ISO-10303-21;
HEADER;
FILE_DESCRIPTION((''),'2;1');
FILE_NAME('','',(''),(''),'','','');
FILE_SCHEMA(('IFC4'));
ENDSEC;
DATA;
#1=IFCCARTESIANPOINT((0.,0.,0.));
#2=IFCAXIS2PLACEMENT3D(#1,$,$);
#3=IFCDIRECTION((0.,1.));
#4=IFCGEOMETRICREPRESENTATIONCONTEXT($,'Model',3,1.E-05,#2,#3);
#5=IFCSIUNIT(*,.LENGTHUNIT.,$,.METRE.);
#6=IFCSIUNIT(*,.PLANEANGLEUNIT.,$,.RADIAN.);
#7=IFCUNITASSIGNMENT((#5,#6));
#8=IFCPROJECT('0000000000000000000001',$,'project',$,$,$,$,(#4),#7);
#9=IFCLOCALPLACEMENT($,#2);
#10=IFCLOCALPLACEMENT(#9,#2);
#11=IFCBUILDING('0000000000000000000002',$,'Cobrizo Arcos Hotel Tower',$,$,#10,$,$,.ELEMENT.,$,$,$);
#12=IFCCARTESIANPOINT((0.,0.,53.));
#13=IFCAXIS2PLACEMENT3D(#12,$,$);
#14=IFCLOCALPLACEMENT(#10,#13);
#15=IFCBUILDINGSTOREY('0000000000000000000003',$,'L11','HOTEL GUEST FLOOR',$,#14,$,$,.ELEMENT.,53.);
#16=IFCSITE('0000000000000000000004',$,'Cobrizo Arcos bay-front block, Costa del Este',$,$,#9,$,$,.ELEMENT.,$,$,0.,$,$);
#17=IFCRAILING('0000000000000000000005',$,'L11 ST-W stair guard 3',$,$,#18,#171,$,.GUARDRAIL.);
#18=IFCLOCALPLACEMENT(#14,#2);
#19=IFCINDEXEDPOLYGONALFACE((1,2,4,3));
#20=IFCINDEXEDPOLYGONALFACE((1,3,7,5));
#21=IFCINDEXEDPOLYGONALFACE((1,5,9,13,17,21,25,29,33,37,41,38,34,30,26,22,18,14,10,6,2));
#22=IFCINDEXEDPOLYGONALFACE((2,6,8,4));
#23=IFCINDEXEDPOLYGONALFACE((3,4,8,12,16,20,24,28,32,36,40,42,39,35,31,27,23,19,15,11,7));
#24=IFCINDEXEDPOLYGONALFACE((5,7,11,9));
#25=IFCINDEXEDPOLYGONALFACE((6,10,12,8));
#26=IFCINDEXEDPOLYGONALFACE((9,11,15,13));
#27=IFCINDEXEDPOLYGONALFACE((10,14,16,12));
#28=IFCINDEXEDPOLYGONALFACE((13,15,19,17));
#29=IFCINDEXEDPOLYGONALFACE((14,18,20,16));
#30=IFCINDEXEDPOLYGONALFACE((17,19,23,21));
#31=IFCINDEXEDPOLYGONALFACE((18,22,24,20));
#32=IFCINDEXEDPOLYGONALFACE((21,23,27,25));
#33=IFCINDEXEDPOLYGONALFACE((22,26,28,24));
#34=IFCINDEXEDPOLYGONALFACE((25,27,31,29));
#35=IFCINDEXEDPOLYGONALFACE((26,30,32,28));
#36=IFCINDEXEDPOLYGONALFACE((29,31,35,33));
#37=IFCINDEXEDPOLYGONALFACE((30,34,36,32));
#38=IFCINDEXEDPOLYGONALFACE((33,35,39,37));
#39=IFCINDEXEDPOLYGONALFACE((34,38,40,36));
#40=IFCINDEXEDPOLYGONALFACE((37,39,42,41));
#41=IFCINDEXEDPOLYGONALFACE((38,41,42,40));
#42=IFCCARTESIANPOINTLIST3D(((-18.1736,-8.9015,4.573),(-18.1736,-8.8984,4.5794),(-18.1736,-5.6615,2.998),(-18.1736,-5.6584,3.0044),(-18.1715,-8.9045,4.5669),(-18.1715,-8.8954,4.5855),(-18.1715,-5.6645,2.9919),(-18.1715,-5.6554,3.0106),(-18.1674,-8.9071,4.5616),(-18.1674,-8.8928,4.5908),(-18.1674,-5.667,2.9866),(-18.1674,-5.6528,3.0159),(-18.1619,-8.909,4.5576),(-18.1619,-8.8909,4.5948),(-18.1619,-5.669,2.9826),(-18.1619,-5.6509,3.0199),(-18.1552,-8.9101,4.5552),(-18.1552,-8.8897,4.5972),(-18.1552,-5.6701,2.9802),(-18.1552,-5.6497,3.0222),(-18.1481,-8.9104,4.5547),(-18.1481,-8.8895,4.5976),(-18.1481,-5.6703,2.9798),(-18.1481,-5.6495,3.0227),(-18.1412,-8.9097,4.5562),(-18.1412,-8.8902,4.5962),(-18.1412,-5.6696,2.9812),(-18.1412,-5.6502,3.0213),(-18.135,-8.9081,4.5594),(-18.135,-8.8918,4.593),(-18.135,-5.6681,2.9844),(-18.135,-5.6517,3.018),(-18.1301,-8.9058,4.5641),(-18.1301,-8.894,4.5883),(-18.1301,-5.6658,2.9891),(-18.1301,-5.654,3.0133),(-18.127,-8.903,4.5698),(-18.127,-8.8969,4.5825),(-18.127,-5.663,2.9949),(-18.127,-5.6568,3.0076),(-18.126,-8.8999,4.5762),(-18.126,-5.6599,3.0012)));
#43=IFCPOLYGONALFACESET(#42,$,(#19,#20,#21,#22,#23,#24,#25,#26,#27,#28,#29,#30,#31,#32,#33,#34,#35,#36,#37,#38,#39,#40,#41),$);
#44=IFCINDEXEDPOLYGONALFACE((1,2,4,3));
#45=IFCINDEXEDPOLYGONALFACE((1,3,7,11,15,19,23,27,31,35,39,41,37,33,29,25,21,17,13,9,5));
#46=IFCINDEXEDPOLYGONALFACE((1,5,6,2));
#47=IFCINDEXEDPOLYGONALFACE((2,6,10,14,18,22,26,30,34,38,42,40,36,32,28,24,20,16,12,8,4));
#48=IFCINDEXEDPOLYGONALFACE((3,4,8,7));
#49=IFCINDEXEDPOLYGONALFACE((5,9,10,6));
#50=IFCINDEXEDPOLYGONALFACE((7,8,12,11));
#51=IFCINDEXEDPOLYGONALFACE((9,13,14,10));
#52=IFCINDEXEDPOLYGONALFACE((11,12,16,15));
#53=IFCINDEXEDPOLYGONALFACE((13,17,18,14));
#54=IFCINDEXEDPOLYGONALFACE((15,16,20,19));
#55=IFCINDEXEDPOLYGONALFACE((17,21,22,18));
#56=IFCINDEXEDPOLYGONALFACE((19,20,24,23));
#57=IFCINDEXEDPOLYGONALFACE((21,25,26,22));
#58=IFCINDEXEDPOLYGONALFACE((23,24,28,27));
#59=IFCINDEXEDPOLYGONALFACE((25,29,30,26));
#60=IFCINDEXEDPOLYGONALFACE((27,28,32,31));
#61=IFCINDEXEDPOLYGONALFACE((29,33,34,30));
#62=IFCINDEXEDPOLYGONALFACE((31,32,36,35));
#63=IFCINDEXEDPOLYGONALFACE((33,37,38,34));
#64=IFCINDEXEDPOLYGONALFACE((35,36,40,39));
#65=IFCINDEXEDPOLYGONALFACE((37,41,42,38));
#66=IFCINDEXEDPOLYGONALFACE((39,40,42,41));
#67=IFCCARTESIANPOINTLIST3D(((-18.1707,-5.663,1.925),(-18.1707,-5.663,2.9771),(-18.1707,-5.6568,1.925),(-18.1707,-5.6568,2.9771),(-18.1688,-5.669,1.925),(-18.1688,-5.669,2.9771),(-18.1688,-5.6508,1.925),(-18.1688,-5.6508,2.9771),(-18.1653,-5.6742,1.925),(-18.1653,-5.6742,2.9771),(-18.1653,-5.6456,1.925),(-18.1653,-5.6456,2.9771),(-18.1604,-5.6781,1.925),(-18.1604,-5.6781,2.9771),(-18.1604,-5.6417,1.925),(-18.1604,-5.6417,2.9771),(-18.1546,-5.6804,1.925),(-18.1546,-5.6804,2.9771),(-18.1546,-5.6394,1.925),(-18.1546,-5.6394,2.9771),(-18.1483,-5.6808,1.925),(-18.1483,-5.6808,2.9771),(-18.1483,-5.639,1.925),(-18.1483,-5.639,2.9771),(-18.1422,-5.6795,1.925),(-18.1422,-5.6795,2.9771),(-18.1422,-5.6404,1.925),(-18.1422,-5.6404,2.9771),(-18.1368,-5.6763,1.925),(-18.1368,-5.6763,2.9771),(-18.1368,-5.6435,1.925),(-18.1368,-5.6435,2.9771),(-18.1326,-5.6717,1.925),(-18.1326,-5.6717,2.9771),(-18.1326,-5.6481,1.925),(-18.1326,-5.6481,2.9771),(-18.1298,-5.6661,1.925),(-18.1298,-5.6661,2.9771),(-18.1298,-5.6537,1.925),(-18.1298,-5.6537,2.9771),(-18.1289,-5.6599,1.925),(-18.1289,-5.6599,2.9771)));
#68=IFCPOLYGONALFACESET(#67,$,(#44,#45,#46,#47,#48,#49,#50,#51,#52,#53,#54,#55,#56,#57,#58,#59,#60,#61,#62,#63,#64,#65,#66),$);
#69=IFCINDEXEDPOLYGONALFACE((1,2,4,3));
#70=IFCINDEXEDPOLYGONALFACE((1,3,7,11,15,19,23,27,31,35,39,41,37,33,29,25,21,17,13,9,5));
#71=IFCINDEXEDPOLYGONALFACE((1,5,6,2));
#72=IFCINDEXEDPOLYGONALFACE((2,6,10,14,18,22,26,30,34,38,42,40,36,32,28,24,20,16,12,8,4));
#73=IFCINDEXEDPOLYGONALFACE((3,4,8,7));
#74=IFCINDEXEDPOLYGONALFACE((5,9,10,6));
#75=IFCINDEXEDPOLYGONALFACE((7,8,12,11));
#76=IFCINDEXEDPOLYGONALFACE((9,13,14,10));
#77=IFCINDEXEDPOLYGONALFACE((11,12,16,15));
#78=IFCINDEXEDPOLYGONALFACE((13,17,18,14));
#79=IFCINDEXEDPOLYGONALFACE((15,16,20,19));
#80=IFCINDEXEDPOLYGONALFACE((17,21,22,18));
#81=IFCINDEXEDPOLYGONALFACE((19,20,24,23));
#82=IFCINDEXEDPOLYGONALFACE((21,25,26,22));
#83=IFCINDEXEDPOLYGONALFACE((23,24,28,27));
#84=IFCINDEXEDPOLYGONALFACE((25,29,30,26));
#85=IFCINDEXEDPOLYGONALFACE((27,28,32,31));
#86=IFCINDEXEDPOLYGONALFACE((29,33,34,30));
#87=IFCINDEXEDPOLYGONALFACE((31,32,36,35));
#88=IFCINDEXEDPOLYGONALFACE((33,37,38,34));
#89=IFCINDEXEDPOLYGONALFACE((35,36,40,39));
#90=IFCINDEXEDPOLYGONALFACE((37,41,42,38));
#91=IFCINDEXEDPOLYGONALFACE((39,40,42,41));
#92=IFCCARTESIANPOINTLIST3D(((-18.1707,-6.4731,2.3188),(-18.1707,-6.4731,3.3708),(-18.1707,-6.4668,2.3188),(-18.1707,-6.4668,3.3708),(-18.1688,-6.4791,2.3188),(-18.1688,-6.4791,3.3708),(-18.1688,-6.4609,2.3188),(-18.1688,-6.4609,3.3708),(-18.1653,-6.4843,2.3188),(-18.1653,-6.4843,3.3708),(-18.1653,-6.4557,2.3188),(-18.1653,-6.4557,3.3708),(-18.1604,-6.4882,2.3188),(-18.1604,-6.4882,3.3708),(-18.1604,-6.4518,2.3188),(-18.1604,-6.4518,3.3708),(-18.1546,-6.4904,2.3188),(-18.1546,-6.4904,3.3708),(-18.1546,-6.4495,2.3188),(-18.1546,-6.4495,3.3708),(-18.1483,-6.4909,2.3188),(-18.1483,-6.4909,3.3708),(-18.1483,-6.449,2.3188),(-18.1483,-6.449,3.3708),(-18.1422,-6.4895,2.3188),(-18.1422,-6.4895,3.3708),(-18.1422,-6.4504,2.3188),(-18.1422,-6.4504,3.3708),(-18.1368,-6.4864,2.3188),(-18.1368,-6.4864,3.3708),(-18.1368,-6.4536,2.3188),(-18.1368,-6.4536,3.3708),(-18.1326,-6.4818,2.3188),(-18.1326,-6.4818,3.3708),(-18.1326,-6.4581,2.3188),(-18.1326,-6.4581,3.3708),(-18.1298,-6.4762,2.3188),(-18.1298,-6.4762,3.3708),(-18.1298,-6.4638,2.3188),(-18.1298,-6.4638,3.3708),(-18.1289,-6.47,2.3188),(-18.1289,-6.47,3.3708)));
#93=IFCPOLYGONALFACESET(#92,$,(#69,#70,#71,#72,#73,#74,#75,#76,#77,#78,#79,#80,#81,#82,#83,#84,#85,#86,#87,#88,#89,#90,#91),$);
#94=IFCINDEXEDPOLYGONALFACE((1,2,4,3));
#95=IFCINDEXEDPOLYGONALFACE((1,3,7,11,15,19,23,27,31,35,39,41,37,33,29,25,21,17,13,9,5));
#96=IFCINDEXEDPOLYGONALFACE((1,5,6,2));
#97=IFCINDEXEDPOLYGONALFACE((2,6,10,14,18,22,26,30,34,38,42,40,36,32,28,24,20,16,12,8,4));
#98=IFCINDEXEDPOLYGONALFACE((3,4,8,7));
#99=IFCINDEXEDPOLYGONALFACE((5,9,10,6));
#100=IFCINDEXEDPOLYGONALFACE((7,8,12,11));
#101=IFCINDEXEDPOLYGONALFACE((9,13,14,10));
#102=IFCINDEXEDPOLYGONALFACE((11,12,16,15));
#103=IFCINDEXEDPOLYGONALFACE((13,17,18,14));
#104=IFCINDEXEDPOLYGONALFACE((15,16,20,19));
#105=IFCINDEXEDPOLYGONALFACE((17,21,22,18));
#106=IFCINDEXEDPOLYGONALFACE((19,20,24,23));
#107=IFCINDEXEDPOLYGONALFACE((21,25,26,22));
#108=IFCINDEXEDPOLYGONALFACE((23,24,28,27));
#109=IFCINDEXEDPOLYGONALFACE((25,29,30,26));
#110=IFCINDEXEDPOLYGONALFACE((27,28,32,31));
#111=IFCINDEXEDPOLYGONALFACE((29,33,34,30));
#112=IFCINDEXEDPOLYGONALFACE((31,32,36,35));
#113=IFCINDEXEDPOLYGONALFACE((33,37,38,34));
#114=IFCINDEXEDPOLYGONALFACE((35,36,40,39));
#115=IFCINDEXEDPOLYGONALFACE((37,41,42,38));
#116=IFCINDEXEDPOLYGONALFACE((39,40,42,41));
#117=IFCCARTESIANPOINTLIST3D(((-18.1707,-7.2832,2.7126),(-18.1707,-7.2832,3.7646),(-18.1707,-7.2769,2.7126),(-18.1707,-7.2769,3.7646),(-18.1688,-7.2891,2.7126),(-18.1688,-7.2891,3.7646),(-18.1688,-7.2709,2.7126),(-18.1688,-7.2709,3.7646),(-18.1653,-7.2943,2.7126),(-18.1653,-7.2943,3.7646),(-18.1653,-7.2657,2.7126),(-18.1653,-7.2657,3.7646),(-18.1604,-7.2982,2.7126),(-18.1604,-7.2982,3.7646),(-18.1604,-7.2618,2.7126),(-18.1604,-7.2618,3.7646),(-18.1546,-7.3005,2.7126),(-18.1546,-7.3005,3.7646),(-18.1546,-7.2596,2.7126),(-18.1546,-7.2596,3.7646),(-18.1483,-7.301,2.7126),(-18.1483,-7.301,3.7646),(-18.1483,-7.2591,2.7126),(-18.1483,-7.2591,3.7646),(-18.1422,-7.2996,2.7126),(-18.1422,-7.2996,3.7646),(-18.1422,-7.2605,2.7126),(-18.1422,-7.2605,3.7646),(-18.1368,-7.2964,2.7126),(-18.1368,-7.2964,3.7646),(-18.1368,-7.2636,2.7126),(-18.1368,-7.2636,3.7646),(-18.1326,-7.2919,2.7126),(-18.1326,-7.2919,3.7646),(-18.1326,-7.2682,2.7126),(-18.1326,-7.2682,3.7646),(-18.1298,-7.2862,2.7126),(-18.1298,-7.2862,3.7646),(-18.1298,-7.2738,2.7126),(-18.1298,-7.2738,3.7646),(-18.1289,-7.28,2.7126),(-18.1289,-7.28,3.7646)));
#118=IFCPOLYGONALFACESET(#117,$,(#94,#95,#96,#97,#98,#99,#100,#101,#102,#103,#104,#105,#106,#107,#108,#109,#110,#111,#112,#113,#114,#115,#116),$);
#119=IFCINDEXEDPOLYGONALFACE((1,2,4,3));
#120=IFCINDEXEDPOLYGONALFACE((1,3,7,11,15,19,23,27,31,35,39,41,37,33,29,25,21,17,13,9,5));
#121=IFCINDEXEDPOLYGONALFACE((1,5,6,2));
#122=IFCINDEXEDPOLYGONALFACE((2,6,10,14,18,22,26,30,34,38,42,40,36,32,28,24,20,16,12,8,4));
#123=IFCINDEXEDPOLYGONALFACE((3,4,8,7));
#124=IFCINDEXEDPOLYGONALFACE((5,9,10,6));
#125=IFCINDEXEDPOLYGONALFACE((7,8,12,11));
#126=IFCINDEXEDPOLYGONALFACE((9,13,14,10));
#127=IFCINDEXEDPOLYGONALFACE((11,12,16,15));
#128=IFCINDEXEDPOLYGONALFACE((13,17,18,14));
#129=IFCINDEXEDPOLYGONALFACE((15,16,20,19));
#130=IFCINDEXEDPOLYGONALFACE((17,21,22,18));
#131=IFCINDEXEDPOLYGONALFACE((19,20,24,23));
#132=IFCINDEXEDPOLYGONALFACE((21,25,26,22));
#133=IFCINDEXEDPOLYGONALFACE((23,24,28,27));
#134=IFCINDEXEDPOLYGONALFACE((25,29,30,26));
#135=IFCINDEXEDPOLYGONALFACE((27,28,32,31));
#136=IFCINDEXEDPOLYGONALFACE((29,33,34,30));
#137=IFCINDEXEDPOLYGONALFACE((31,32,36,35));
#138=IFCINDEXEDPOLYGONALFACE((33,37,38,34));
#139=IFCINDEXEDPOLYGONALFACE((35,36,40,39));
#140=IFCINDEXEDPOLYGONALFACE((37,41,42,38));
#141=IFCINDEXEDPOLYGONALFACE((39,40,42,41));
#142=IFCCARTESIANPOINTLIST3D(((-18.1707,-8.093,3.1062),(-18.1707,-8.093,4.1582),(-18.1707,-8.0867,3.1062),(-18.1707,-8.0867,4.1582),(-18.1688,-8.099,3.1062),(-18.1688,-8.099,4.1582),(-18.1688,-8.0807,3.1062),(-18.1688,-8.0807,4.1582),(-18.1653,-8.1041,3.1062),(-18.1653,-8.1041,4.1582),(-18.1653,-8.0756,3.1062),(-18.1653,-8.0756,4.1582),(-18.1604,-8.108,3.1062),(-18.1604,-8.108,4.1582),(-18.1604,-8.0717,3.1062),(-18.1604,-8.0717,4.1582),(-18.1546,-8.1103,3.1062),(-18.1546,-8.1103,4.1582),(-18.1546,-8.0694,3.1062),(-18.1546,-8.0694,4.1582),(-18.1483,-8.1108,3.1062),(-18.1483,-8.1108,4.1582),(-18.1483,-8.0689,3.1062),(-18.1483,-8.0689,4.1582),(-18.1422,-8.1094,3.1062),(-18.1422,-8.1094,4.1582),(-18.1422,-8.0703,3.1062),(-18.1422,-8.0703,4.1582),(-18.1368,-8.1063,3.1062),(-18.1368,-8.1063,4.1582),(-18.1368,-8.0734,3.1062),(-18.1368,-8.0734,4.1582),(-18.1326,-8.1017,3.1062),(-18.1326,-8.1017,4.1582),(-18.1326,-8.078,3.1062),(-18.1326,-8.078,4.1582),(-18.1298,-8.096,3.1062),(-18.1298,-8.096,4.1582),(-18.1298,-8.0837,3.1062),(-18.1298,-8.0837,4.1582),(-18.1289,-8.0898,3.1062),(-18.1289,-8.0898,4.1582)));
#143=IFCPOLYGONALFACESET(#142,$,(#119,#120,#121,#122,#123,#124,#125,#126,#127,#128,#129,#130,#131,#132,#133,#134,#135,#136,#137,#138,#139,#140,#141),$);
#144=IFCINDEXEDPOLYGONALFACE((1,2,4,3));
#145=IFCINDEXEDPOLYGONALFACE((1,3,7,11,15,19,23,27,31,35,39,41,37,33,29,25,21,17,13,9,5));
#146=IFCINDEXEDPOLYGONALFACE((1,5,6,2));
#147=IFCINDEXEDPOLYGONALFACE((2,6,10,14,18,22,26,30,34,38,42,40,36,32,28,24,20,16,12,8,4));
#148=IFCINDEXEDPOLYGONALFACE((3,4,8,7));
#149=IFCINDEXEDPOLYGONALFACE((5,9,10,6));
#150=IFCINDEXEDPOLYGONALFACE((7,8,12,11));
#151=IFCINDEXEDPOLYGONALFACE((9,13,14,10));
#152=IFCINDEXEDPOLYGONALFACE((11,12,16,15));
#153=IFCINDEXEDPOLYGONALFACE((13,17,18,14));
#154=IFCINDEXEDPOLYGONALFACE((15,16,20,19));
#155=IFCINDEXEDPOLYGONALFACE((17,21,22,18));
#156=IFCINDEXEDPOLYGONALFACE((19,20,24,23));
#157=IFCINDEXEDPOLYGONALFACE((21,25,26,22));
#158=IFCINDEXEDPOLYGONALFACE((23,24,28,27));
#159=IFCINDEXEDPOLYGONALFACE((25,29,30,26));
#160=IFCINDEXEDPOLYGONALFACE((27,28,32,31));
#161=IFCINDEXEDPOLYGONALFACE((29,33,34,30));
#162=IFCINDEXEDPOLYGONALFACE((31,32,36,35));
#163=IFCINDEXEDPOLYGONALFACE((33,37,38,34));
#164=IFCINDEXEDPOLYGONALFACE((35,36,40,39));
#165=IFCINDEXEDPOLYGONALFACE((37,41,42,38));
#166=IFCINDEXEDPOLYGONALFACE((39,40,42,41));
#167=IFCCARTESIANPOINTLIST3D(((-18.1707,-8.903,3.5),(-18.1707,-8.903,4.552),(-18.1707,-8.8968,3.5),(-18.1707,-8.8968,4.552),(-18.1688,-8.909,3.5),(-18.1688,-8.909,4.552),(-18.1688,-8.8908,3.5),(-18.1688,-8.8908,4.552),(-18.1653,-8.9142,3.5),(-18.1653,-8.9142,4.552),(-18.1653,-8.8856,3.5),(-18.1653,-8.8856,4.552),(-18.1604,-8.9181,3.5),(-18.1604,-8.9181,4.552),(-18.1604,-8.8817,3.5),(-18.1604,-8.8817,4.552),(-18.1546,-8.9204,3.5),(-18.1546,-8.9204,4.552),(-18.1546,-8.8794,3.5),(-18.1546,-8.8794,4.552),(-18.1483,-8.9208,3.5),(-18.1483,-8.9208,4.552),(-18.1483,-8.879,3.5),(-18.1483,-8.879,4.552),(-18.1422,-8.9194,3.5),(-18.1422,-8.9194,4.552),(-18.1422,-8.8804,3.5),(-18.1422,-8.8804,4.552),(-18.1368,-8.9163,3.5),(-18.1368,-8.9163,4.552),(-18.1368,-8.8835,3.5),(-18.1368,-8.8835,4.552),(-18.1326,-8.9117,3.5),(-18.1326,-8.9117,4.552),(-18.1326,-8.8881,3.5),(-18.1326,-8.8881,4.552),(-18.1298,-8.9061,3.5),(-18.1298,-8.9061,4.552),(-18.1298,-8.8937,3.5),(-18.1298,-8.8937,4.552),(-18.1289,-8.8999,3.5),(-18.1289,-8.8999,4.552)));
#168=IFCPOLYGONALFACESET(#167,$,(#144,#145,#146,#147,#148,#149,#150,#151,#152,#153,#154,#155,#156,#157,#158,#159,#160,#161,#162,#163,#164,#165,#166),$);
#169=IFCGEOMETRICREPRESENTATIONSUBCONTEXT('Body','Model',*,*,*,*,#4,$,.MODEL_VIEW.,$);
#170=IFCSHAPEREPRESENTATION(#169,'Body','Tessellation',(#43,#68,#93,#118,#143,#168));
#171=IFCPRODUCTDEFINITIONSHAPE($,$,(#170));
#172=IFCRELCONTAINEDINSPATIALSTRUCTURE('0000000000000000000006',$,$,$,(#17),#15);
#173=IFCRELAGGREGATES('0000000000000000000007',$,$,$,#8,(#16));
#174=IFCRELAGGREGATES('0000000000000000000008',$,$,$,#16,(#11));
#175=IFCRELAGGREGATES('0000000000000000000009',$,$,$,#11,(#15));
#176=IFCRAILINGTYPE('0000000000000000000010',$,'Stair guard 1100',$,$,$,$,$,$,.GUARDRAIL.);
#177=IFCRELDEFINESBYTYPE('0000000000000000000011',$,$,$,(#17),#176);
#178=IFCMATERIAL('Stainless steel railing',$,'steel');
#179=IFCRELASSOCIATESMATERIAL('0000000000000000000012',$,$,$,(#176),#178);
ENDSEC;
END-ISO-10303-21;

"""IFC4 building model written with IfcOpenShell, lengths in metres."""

from ifc_helpers import new_model, si_unit, direction, frame, origin, origin_2d, place, context, subcontext, project, spatial, circle, extrude, material, type_object, element, save


model = new_model("IFC4")

# Units and contexts
model_context = context("Model", 3, precision=1e-05, world=origin(), true_north=direction((0.0, 1.0)))
body_context = subcontext(model_context, "Body", "Model", "MODEL_VIEW")
ifc_project = project(units=[si_unit("LENGTHUNIT", "METRE"), si_unit("PLANEANGLEUNIT", "RADIAN")], contexts=[model_context])

# Site, building, storey
site_placement = place(None, origin())
site = spatial("IfcSite", under=ifc_project, at=site_placement, Name="Cobrizo Arcos bay-front block, Costa del Este", CompositionType="ELEMENT", RefElevation=0.0)
building_placement = place(site_placement, origin())
building = spatial("IfcBuilding", under=site, at=building_placement, Name="Cobrizo Arcos Hotel Tower", CompositionType="ELEMENT")
storey_placement = place(building_placement, frame((0.0, 0.0, 53.0)))
storey = spatial("IfcBuildingStorey", under=building, at=storey_placement, Name="L11", Description="HOTEL GUEST FLOOR", CompositionType="ELEMENT", Elevation=53.0)

# Railing
ifc_material_1 = material(Name="Stainless steel railing", Category="steel")
railing_type_1 = type_object("IfcRailingType", Name="Stair guard 1100", PredefinedType="GUARDRAIL", material=ifc_material_1)
railing_1_placement = place(storey_placement, frame((-18.1499, -5.6599, 1.925)))
element("IfcRailing", 1, at=railing_1_placement, inside=storey, type_object=railing_type_1, Name="L11 ST-W stair guard 3", PredefinedType="GUARDRAIL", context=body_context, shape_type="SweptSolid", body=[
    extrude(circle(Radius=0.0239, at=origin_2d()), frame((0.0, 0.0, 1.0762), z_axis=(0.0, -0.899373, 0.437183), x_axis=(1.0, 0.0, 0.0)), (0.0, 0.0, 1.0), 3.6025),
    extrude(circle(Radius=0.021, at=origin_2d()), origin(), (0.0, 0.0, 1.0), 1.052),
    extrude(circle(Radius=0.021, at=origin_2d()), frame((0.0, -0.8101, 0.3938)), (0.0, 0.0, 1.0), 1.052),
    extrude(circle(Radius=0.021, at=origin_2d()), frame((0.0, -1.6201, 0.7876)), (0.0, 0.0, 1.0), 1.052),
    extrude(circle(Radius=0.021, at=origin_2d()), frame((0.0, -2.4299, 1.1812)), (0.0, 0.0, 1.0), 1.052),
    extrude(circle(Radius=0.021, at=origin_2d()), frame((0.0, -3.24, 1.575)), (0.0, 0.0, 1.0), 1.052),
])

save(model, "model.ifc")
